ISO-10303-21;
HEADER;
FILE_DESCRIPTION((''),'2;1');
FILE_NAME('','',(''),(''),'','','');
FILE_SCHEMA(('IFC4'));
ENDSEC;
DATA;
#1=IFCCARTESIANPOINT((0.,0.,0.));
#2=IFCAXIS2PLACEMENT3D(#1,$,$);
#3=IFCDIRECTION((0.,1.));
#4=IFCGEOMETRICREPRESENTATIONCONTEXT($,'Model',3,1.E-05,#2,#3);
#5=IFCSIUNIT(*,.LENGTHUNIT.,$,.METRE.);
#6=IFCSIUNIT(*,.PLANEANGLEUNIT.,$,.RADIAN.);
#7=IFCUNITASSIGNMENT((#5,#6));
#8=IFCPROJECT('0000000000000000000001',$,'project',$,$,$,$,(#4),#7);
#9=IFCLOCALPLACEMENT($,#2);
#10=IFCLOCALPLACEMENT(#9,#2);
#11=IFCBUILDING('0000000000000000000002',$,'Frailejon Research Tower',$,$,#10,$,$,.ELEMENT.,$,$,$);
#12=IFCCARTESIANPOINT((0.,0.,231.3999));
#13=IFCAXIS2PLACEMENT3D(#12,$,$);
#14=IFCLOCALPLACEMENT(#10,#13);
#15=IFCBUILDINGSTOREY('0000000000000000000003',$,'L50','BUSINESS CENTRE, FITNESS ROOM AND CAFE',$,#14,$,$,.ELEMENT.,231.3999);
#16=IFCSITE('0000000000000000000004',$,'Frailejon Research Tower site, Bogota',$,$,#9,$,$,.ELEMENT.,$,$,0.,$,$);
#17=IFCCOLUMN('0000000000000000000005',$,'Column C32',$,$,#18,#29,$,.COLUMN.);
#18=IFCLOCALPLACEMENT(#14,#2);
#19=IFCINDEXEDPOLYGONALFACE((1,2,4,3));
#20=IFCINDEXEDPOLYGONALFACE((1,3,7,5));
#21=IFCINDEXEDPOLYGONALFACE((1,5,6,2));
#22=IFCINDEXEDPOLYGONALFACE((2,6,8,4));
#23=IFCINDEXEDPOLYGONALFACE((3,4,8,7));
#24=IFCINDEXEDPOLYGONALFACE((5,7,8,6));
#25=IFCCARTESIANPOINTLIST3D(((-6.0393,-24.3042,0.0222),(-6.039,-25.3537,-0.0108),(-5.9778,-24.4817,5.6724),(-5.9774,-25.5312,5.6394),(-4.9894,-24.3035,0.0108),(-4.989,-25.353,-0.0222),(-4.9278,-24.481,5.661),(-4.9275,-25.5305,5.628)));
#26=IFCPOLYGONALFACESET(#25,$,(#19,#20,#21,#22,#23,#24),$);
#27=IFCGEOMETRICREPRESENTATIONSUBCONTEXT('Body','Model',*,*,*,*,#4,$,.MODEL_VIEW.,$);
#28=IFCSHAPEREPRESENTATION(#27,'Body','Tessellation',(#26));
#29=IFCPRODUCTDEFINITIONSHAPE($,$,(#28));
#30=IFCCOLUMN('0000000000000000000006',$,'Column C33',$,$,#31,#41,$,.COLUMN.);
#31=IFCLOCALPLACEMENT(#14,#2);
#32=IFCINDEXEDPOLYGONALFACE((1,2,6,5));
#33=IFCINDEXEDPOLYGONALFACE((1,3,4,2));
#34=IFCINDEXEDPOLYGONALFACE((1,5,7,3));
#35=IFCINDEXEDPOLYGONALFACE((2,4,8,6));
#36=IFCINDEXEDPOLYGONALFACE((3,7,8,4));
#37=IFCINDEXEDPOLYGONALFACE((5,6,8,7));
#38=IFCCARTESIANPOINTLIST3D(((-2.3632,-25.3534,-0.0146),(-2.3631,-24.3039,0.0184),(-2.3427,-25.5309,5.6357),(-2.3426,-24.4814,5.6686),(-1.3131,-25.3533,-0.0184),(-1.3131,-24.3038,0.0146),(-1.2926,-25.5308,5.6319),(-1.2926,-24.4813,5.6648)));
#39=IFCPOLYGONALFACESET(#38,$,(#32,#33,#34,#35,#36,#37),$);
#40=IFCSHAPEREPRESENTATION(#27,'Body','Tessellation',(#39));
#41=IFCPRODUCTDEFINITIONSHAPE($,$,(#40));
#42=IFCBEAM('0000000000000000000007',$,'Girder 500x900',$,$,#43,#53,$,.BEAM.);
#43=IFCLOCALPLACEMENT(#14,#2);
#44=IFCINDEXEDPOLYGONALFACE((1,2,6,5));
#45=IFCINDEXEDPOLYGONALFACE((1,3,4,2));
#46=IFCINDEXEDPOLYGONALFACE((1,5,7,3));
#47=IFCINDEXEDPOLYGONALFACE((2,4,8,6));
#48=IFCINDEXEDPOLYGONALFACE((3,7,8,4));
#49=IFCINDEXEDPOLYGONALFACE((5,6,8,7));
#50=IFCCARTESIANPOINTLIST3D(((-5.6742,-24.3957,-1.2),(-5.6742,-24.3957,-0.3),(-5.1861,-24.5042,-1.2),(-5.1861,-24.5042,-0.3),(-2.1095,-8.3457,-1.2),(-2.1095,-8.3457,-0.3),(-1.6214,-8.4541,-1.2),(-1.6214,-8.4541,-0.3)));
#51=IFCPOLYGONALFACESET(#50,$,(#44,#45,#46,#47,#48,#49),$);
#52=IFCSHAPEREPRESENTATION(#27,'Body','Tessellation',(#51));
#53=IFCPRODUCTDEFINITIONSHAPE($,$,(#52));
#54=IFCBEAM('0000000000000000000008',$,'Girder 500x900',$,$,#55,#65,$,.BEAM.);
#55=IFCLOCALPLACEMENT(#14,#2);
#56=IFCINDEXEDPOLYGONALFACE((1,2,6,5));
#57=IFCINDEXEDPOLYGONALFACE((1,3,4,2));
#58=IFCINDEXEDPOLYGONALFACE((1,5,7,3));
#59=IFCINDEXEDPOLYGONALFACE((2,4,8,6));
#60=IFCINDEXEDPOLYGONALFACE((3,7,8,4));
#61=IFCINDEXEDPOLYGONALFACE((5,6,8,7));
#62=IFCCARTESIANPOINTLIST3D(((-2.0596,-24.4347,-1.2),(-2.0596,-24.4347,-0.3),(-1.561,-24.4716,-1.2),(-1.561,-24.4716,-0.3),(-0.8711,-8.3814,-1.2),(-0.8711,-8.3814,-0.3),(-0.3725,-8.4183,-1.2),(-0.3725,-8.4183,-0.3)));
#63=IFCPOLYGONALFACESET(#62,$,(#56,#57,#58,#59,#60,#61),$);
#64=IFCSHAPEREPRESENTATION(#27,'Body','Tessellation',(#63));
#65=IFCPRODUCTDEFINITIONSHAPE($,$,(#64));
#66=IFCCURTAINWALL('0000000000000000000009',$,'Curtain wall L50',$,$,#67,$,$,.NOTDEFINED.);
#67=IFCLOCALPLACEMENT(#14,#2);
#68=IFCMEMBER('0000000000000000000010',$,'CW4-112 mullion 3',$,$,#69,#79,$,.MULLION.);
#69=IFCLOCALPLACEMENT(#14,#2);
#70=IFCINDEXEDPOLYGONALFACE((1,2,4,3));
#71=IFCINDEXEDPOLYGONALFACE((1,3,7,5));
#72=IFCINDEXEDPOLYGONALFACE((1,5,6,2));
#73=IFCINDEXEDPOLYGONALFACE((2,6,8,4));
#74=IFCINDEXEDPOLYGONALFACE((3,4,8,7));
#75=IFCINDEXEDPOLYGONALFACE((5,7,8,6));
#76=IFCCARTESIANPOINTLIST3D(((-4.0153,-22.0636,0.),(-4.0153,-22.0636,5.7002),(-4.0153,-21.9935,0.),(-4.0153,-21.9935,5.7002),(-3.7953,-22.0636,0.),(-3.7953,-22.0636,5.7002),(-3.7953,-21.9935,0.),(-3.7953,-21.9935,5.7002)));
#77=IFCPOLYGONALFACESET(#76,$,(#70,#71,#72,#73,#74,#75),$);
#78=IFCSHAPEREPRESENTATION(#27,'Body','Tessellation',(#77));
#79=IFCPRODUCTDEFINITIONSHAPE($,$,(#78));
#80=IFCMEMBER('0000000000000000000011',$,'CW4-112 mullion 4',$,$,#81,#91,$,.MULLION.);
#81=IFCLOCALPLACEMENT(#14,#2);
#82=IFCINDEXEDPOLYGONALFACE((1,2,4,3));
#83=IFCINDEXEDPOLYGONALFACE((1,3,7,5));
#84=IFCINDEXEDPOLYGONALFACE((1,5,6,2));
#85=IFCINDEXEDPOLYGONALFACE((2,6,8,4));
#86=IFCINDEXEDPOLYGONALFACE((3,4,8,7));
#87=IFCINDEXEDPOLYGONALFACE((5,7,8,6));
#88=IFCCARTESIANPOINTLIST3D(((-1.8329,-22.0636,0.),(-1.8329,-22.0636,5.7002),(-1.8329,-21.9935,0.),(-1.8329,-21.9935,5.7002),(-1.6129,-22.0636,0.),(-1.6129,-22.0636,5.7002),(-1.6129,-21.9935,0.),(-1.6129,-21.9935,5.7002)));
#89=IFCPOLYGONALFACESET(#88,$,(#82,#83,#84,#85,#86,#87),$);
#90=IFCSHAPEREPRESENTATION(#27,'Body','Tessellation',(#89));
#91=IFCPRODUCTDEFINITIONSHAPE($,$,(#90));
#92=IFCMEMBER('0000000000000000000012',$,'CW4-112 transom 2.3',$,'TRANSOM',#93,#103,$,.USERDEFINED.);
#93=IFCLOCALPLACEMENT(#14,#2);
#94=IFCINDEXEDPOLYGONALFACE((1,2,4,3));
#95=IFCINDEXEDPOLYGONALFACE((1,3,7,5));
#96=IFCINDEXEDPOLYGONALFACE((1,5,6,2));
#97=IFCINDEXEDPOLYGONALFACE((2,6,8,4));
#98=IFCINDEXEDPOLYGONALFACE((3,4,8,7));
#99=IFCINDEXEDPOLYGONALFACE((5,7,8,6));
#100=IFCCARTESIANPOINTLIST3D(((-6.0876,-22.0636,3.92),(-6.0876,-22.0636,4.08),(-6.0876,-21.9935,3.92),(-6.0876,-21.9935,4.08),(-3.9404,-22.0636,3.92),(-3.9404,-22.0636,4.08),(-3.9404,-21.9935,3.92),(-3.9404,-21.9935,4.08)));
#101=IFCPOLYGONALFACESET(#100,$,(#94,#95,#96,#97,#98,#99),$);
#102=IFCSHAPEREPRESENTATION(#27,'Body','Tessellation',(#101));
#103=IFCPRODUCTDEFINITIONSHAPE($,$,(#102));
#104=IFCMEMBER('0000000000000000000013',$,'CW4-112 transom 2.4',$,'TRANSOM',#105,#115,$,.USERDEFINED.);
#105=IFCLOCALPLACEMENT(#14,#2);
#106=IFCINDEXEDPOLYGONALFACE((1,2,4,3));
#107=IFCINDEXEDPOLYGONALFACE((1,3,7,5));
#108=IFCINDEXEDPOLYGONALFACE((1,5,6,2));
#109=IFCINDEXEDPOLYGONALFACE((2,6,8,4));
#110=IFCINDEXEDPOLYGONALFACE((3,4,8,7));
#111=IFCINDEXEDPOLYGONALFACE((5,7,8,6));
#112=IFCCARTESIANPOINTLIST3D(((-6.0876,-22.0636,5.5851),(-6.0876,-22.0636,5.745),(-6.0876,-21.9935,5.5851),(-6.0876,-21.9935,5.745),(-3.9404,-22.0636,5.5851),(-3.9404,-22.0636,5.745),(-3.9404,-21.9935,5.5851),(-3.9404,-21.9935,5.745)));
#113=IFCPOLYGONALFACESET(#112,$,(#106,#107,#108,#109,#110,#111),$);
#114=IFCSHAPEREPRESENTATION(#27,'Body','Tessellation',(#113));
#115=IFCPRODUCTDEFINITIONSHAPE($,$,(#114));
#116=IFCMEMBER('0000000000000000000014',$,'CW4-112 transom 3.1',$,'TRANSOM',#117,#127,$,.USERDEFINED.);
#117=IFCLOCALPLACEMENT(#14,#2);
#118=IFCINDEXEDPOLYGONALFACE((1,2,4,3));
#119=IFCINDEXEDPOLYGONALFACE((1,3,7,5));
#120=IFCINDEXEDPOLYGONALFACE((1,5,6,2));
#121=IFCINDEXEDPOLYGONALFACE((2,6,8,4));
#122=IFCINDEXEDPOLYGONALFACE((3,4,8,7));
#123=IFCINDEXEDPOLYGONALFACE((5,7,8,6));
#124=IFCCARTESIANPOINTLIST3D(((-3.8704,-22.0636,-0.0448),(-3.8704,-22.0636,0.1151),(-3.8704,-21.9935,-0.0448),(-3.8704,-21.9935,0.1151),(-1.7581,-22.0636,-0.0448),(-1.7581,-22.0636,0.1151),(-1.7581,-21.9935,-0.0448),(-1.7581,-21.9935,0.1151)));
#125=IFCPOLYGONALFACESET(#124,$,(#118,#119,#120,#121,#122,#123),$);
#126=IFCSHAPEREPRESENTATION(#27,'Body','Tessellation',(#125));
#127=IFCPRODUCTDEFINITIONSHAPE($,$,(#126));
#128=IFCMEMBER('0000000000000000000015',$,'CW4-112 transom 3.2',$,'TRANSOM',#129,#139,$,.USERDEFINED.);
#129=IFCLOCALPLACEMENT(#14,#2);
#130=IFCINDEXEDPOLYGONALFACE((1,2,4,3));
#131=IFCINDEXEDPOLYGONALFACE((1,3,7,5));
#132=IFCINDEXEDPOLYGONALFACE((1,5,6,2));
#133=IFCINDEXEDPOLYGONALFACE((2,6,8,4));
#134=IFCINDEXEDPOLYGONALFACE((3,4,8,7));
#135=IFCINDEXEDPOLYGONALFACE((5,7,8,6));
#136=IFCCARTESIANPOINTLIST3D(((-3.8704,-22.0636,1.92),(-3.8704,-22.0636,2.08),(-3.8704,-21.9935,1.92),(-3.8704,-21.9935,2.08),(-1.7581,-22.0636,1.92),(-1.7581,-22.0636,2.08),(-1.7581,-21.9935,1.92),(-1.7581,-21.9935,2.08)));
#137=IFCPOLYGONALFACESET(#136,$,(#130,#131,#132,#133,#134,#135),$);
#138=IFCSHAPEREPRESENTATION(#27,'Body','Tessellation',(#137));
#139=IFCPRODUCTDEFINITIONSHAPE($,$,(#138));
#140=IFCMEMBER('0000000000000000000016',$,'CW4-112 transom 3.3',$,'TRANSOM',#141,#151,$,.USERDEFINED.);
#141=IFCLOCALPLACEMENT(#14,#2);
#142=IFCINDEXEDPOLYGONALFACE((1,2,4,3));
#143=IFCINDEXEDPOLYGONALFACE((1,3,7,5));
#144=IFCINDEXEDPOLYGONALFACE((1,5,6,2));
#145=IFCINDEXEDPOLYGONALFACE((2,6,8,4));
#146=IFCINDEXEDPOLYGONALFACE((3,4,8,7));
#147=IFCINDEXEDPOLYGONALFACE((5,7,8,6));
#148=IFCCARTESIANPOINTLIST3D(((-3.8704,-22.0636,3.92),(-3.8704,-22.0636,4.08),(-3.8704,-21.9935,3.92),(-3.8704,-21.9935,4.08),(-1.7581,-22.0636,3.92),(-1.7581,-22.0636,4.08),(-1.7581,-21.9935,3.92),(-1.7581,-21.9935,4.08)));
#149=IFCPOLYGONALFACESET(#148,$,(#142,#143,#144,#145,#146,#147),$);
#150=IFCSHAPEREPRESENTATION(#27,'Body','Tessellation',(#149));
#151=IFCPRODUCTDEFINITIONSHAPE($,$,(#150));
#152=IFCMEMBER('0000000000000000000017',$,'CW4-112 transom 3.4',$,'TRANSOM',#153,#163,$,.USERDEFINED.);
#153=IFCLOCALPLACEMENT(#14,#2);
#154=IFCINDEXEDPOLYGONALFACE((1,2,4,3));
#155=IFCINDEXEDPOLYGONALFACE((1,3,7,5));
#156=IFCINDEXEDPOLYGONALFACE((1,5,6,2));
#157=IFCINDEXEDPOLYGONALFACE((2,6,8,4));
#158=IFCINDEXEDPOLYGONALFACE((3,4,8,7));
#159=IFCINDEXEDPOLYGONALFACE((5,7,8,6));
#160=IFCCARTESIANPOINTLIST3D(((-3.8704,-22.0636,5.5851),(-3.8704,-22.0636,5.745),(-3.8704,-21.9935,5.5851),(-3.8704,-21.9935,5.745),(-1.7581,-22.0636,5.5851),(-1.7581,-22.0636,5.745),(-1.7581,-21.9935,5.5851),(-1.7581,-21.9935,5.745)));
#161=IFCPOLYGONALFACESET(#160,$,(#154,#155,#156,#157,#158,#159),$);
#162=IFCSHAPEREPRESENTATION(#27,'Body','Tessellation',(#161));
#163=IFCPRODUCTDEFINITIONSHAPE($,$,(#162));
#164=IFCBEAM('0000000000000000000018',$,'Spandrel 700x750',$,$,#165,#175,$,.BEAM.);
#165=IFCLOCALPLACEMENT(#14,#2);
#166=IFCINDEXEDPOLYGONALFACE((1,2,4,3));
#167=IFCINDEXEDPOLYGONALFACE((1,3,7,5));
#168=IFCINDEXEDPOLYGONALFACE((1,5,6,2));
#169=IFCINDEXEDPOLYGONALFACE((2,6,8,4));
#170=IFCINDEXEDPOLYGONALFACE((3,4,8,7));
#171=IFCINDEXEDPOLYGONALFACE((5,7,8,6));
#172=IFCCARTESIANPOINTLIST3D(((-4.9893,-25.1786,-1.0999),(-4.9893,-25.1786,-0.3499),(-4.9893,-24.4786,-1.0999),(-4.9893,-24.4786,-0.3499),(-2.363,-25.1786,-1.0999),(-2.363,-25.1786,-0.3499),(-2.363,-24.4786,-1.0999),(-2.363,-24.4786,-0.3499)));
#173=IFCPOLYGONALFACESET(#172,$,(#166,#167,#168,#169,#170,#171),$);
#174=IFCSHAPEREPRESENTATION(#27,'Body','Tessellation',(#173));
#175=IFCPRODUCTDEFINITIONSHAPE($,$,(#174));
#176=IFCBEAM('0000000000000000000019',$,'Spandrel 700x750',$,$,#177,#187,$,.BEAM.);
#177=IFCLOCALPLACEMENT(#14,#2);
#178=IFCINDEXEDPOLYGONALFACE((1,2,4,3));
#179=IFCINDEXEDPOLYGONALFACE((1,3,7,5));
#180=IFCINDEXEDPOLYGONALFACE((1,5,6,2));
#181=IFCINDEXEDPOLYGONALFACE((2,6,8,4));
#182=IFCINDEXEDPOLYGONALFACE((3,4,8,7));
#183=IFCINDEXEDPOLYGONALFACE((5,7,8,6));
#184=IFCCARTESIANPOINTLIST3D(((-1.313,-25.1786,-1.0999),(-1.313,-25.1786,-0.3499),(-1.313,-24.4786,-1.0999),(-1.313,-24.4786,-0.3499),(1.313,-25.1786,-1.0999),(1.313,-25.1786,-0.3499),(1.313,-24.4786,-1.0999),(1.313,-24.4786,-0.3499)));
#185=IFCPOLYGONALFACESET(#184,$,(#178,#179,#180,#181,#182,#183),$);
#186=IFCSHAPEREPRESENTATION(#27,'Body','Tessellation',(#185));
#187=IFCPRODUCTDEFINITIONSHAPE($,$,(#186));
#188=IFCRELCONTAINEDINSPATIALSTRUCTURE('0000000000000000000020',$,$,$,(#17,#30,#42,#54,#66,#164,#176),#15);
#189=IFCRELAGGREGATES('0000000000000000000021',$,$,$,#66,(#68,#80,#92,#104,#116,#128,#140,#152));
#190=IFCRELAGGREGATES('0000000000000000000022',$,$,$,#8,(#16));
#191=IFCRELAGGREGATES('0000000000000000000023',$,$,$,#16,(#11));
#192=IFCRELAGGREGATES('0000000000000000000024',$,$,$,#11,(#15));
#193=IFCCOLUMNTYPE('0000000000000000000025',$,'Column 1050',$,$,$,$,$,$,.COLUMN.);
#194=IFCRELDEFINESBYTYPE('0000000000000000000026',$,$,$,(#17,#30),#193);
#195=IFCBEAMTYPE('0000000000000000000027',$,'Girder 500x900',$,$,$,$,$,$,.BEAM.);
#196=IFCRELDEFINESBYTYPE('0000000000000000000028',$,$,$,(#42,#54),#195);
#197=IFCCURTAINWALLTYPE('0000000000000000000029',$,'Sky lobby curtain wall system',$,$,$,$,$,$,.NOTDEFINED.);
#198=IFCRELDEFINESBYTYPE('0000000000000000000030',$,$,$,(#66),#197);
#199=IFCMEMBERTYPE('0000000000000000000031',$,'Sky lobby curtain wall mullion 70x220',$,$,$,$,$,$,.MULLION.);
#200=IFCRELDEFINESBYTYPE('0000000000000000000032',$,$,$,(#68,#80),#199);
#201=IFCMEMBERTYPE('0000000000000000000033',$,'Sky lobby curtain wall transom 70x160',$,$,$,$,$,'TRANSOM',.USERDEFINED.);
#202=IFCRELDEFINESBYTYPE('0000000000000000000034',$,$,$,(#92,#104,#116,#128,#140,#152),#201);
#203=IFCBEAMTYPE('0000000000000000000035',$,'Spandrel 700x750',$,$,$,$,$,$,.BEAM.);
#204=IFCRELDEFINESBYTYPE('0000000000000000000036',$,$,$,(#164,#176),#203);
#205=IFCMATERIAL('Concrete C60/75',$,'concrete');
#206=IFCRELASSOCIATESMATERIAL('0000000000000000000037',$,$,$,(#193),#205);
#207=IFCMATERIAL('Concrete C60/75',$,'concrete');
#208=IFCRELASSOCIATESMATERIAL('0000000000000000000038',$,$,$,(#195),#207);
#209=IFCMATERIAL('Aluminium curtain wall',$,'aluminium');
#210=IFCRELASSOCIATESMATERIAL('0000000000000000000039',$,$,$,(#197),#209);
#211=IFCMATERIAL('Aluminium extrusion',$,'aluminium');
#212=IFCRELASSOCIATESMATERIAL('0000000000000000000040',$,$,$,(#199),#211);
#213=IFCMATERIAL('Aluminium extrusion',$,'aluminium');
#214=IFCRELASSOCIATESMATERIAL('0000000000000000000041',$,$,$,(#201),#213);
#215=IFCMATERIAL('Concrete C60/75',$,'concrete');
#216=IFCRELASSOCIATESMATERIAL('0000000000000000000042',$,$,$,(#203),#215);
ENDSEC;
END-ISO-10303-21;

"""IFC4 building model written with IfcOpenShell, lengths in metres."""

from ifc_helpers import new_model, si_unit, direction, frame, origin, origin_2d, place, context, subcontext, project, spatial, rectangle, extrude, material, material_profile, profile_set, type_object, element, aggregate, save


model = new_model("IFC4")

# Units and contexts
model_context = context("Model", 3, precision=1e-05, world=origin(), true_north=direction((0.0, 1.0)))
body_context = subcontext(model_context, "Body", "Model", "MODEL_VIEW")
ifc_project = project(units=[si_unit("LENGTHUNIT", "METRE"), si_unit("PLANEANGLEUNIT", "RADIAN")], contexts=[model_context])

# Site, building, storey
site_placement = place(None, origin())
site = spatial("IfcSite", under=ifc_project, at=site_placement, Name="Frailejon Research Tower site, Bogota", CompositionType="ELEMENT", RefElevation=0.0)
building_placement = place(site_placement, origin())
building = spatial("IfcBuilding", under=site, at=building_placement, Name="Frailejon Research Tower", CompositionType="ELEMENT")
storey_placement = place(building_placement, frame((0.0, 0.0, 231.3999)))
storey = spatial("IfcBuildingStorey", under=building, at=storey_placement, Name="L50", Description="BUSINESS CENTRE, FITNESS ROOM AND CAFE", CompositionType="ELEMENT", Elevation=231.3999)

# Columns
ifc_material_1 = material(Name="Concrete C60/75", Category="concrete")
ifc_material_profile_1 = material_profile(ifc_material_1, rectangle(XDim=1.05, YDim=1.05, at=origin_2d()), Name="Column 1050")
ifc_profile_set_1 = profile_set([ifc_material_profile_1], Name="Concrete C60/75")
column_type = type_object("IfcColumnType", Name="Column 1050", PredefinedType="COLUMN", material=ifc_profile_set_1)
column_1_placement = place(storey_placement, frame((-5.5142, -24.8286, 0.0), z_axis=(0.010883, -0.031396, 0.999448), x_axis=(0.999941, 0.000693, -0.010866)))
element("IfcColumn", 1, at=column_1_placement, inside=storey, type_object=column_type, Name="Column C32", PredefinedType="COLUMN", context=body_context, shape_type="SweptSolid", body=[
    extrude(rectangle(XDim=1.05, YDim=1.05, at=origin_2d()), origin(), (0.0, 0.0, 1.0), 5.6533),
])
column_2_placement = place(storey_placement, frame((-1.8381, -24.8286, 0.0), z_axis=(0.003628, -0.031398, 0.9995), x_axis=(0.999993, 0.00007, -0.003627)))
element("IfcColumn", 2, at=column_2_placement, inside=storey, type_object=column_type, Name="Column C33", PredefinedType="COLUMN", context=body_context, shape_type="SweptSolid", body=[
    extrude(rectangle(XDim=1.05, YDim=1.05, at=origin_2d()), origin(), (0.0, 0.0, 1.0), 5.6531),
])

# Beams
ifc_material_2 = material(Name="Concrete C60/75", Category="concrete")
ifc_material_profile_2 = material_profile(ifc_material_2, rectangle(XDim=0.5, YDim=0.8999, at=origin_2d()), Name="Girder 500x900")
ifc_profile_set_2 = profile_set([ifc_material_profile_2], Name="Concrete C60/75")
beam_type_1 = type_object("IfcBeamType", Name="Girder 500x900", PredefinedType="BEAM", material=ifc_profile_set_2)
beam_1_placement = place(storey_placement, frame((-5.4302, -24.45, -0.75), z_axis=(0.216816, 0.976213, 0.0), x_axis=(-0.976213, 0.216816, 0.0)))
element("IfcBeam", 3, at=beam_1_placement, inside=storey, type_object=beam_type_1, Name="Girder 500x900", PredefinedType="BEAM", context=body_context, shape_type="SweptSolid", body=[
    extrude(rectangle(XDim=0.5, YDim=0.8999, at=origin_2d()), origin(), (0.0, 0.0, 1.0), 16.4412),
])
beam_2_placement = place(storey_placement, frame((-1.8103, -24.4531, -0.75), z_axis=(0.073831, 0.997271, 0.0), x_axis=(-0.997271, 0.073831, 0.0)))
element("IfcBeam", 4, at=beam_2_placement, inside=storey, type_object=beam_type_1, Name="Girder 500x900", PredefinedType="BEAM", context=body_context, shape_type="SweptSolid", body=[
    extrude(rectangle(XDim=0.5, YDim=0.8999, at=origin_2d()), origin(), (0.0, 0.0, 1.0), 16.0972),
])

# Curtain wall, members
ifc_material_3 = material(Name="Aluminium curtain wall", Category="aluminium")
curtain_wall_type = type_object("IfcCurtainWallType", Name="Sky lobby curtain wall system", PredefinedType="NOTDEFINED", material=ifc_material_3)
curtain_wall_placement = place(storey_placement, origin())
curtain_wall = element("IfcCurtainWall", 5, at=curtain_wall_placement, inside=storey, type_object=curtain_wall_type, Name="Curtain wall L50", PredefinedType="NOTDEFINED")
ifc_material_4 = material(Name="Aluminium extrusion", Category="aluminium")
ifc_material_profile_3 = material_profile(ifc_material_4, rectangle(XDim=0.0701, YDim=0.22, at=origin_2d()), Name="Sky lobby curtain wall mullion 70x220")
ifc_profile_set_3 = profile_set([ifc_material_profile_3], Name="Aluminium extrusion")
member_type_1 = type_object("IfcMemberType", Name="Sky lobby curtain wall mullion 70x220", PredefinedType="MULLION", material=ifc_profile_set_3)
member_1_placement = place(storey_placement, frame((-3.9053, -22.0286, 0.0), z_axis=(0.0, 0.0, 1.0), x_axis=(0.0, 1.0, 0.0)))
member_1 = element("IfcMember", 6, at=member_1_placement, type_object=member_type_1, Name="CW4-112 mullion 3", PredefinedType="MULLION", context=body_context, shape_type="SweptSolid", body=[
    extrude(rectangle(XDim=0.0701, YDim=0.22, at=origin_2d()), origin(), (0.0, 0.0, 1.0), 5.7002),
])
member_2_placement = place(storey_placement, frame((-1.7229, -22.0286, 0.0), z_axis=(0.0, 0.0, 1.0), x_axis=(0.0, 1.0, 0.0)))
member_2 = element("IfcMember", 7, at=member_2_placement, type_object=member_type_1, Name="CW4-112 mullion 4", PredefinedType="MULLION", context=body_context, shape_type="SweptSolid", body=[
    extrude(rectangle(XDim=0.0701, YDim=0.22, at=origin_2d()), origin(), (0.0, 0.0, 1.0), 5.7002),
])
ifc_material_5 = material(Name="Aluminium extrusion", Category="aluminium")
ifc_material_profile_4 = material_profile(ifc_material_5, rectangle(XDim=0.0701, YDim=0.1599, at=origin_2d()), Name="Sky lobby curtain wall transom 70x160")
ifc_profile_set_4 = profile_set([ifc_material_profile_4], Name="Aluminium extrusion")
member_type_2 = type_object("IfcMemberType", Name="Sky lobby curtain wall transom 70x160", ElementType="TRANSOM", PredefinedType="USERDEFINED", material=ifc_profile_set_4)
member_3_placement = place(storey_placement, frame((-6.0876, -22.0286, 4.0), z_axis=(1.0, 0.0, 0.0), x_axis=(0.0, 1.0, 0.0)))
member_3 = element("IfcMember", 8, at=member_3_placement, type_object=member_type_2, Name="CW4-112 transom 2.3", ObjectType="TRANSOM", PredefinedType="USERDEFINED", context=body_context, shape_type="SweptSolid", body=[
    extrude(rectangle(XDim=0.0701, YDim=0.1599, at=origin_2d()), origin(), (0.0, 0.0, 1.0), 2.1472),
])
member_4_placement = place(storey_placement, frame((-6.0876, -22.0286, 5.665), z_axis=(1.0, 0.0, 0.0), x_axis=(0.0, 1.0, 0.0)))
member_4 = element("IfcMember", 9, at=member_4_placement, type_object=member_type_2, Name="CW4-112 transom 2.4", ObjectType="TRANSOM", PredefinedType="USERDEFINED", context=body_context, shape_type="SweptSolid", body=[
    extrude(rectangle(XDim=0.0701, YDim=0.1599, at=origin_2d()), origin(), (0.0, 0.0, 1.0), 2.1472),
])
member_5_placement = place(storey_placement, frame((-3.8704, -22.0286, 0.0352), z_axis=(1.0, 0.0, 0.0), x_axis=(0.0, 1.0, 0.0)))
member_5 = element("IfcMember", 10, at=member_5_placement, type_object=member_type_2, Name="CW4-112 transom 3.1", ObjectType="TRANSOM", PredefinedType="USERDEFINED", context=body_context, shape_type="SweptSolid", body=[
    extrude(rectangle(XDim=0.0701, YDim=0.1599, at=origin_2d()), origin(), (0.0, 0.0, 1.0), 2.1123),
])
member_6_placement = place(storey_placement, frame((-3.8704, -22.0286, 2.0), z_axis=(1.0, 0.0, 0.0), x_axis=(0.0, 1.0, 0.0)))
member_6 = element("IfcMember", 11, at=member_6_placement, type_object=member_type_2, Name="CW4-112 transom 3.2", ObjectType="TRANSOM", PredefinedType="USERDEFINED", context=body_context, shape_type="SweptSolid", body=[
    extrude(rectangle(XDim=0.0701, YDim=0.1599, at=origin_2d()), origin(), (0.0, 0.0, 1.0), 2.1123),
])
member_7_placement = place(storey_placement, frame((-3.8704, -22.0286, 4.0), z_axis=(1.0, 0.0, 0.0), x_axis=(0.0, 1.0, 0.0)))
member_7 = element("IfcMember", 12, at=member_7_placement, type_object=member_type_2, Name="CW4-112 transom 3.3", ObjectType="TRANSOM", PredefinedType="USERDEFINED", context=body_context, shape_type="SweptSolid", body=[
    extrude(rectangle(XDim=0.0701, YDim=0.1599, at=origin_2d()), origin(), (0.0, 0.0, 1.0), 2.1123),
])
member_8_placement = place(storey_placement, frame((-3.8704, -22.0286, 5.665), z_axis=(1.0, 0.0, 0.0), x_axis=(0.0, 1.0, 0.0)))
member_8 = element("IfcMember", 13, at=member_8_placement, type_object=member_type_2, Name="CW4-112 transom 3.4", ObjectType="TRANSOM", PredefinedType="USERDEFINED", context=body_context, shape_type="SweptSolid", body=[
    extrude(rectangle(XDim=0.0701, YDim=0.1599, at=origin_2d()), origin(), (0.0, 0.0, 1.0), 2.1123),
])

# Beams
ifc_material_6 = material(Name="Concrete C60/75", Category="concrete")
ifc_material_profile_5 = material_profile(ifc_material_6, rectangle(XDim=0.7, YDim=0.75, at=origin_2d()), Name="Spandrel 700x750")
ifc_profile_set_5 = profile_set([ifc_material_profile_5], Name="Concrete C60/75")
beam_type_2 = type_object("IfcBeamType", Name="Spandrel 700x750", PredefinedType="BEAM", material=ifc_profile_set_5)
beam_3_placement = place(storey_placement, frame((-4.9893, -24.8286, -0.7249), z_axis=(1.0, 0.0, 0.0), x_axis=(0.0, 1.0, 0.0)))
element("IfcBeam", 14, at=beam_3_placement, inside=storey, type_object=beam_type_2, Name="Spandrel 700x750", PredefinedType="BEAM", context=body_context, shape_type="SweptSolid", body=[
    extrude(rectangle(XDim=0.7, YDim=0.75, at=origin_2d()), origin(), (0.0, 0.0, 1.0), 2.6262),
])
beam_4_placement = place(storey_placement, frame((-1.313, -24.8286, -0.7249), z_axis=(1.0, 0.0, 0.0), x_axis=(0.0, 1.0, 0.0)))
element("IfcBeam", 15, at=beam_4_placement, inside=storey, type_object=beam_type_2, Name="Spandrel 700x750", PredefinedType="BEAM", context=body_context, shape_type="SweptSolid", body=[
    extrude(rectangle(XDim=0.7, YDim=0.75, at=origin_2d()), origin(), (0.0, 0.0, 1.0), 2.626),
])

aggregate(curtain_wall, [member_1, member_2, member_3, member_4, member_5, member_6, member_7, member_8])

save(model, "model.ifc")
